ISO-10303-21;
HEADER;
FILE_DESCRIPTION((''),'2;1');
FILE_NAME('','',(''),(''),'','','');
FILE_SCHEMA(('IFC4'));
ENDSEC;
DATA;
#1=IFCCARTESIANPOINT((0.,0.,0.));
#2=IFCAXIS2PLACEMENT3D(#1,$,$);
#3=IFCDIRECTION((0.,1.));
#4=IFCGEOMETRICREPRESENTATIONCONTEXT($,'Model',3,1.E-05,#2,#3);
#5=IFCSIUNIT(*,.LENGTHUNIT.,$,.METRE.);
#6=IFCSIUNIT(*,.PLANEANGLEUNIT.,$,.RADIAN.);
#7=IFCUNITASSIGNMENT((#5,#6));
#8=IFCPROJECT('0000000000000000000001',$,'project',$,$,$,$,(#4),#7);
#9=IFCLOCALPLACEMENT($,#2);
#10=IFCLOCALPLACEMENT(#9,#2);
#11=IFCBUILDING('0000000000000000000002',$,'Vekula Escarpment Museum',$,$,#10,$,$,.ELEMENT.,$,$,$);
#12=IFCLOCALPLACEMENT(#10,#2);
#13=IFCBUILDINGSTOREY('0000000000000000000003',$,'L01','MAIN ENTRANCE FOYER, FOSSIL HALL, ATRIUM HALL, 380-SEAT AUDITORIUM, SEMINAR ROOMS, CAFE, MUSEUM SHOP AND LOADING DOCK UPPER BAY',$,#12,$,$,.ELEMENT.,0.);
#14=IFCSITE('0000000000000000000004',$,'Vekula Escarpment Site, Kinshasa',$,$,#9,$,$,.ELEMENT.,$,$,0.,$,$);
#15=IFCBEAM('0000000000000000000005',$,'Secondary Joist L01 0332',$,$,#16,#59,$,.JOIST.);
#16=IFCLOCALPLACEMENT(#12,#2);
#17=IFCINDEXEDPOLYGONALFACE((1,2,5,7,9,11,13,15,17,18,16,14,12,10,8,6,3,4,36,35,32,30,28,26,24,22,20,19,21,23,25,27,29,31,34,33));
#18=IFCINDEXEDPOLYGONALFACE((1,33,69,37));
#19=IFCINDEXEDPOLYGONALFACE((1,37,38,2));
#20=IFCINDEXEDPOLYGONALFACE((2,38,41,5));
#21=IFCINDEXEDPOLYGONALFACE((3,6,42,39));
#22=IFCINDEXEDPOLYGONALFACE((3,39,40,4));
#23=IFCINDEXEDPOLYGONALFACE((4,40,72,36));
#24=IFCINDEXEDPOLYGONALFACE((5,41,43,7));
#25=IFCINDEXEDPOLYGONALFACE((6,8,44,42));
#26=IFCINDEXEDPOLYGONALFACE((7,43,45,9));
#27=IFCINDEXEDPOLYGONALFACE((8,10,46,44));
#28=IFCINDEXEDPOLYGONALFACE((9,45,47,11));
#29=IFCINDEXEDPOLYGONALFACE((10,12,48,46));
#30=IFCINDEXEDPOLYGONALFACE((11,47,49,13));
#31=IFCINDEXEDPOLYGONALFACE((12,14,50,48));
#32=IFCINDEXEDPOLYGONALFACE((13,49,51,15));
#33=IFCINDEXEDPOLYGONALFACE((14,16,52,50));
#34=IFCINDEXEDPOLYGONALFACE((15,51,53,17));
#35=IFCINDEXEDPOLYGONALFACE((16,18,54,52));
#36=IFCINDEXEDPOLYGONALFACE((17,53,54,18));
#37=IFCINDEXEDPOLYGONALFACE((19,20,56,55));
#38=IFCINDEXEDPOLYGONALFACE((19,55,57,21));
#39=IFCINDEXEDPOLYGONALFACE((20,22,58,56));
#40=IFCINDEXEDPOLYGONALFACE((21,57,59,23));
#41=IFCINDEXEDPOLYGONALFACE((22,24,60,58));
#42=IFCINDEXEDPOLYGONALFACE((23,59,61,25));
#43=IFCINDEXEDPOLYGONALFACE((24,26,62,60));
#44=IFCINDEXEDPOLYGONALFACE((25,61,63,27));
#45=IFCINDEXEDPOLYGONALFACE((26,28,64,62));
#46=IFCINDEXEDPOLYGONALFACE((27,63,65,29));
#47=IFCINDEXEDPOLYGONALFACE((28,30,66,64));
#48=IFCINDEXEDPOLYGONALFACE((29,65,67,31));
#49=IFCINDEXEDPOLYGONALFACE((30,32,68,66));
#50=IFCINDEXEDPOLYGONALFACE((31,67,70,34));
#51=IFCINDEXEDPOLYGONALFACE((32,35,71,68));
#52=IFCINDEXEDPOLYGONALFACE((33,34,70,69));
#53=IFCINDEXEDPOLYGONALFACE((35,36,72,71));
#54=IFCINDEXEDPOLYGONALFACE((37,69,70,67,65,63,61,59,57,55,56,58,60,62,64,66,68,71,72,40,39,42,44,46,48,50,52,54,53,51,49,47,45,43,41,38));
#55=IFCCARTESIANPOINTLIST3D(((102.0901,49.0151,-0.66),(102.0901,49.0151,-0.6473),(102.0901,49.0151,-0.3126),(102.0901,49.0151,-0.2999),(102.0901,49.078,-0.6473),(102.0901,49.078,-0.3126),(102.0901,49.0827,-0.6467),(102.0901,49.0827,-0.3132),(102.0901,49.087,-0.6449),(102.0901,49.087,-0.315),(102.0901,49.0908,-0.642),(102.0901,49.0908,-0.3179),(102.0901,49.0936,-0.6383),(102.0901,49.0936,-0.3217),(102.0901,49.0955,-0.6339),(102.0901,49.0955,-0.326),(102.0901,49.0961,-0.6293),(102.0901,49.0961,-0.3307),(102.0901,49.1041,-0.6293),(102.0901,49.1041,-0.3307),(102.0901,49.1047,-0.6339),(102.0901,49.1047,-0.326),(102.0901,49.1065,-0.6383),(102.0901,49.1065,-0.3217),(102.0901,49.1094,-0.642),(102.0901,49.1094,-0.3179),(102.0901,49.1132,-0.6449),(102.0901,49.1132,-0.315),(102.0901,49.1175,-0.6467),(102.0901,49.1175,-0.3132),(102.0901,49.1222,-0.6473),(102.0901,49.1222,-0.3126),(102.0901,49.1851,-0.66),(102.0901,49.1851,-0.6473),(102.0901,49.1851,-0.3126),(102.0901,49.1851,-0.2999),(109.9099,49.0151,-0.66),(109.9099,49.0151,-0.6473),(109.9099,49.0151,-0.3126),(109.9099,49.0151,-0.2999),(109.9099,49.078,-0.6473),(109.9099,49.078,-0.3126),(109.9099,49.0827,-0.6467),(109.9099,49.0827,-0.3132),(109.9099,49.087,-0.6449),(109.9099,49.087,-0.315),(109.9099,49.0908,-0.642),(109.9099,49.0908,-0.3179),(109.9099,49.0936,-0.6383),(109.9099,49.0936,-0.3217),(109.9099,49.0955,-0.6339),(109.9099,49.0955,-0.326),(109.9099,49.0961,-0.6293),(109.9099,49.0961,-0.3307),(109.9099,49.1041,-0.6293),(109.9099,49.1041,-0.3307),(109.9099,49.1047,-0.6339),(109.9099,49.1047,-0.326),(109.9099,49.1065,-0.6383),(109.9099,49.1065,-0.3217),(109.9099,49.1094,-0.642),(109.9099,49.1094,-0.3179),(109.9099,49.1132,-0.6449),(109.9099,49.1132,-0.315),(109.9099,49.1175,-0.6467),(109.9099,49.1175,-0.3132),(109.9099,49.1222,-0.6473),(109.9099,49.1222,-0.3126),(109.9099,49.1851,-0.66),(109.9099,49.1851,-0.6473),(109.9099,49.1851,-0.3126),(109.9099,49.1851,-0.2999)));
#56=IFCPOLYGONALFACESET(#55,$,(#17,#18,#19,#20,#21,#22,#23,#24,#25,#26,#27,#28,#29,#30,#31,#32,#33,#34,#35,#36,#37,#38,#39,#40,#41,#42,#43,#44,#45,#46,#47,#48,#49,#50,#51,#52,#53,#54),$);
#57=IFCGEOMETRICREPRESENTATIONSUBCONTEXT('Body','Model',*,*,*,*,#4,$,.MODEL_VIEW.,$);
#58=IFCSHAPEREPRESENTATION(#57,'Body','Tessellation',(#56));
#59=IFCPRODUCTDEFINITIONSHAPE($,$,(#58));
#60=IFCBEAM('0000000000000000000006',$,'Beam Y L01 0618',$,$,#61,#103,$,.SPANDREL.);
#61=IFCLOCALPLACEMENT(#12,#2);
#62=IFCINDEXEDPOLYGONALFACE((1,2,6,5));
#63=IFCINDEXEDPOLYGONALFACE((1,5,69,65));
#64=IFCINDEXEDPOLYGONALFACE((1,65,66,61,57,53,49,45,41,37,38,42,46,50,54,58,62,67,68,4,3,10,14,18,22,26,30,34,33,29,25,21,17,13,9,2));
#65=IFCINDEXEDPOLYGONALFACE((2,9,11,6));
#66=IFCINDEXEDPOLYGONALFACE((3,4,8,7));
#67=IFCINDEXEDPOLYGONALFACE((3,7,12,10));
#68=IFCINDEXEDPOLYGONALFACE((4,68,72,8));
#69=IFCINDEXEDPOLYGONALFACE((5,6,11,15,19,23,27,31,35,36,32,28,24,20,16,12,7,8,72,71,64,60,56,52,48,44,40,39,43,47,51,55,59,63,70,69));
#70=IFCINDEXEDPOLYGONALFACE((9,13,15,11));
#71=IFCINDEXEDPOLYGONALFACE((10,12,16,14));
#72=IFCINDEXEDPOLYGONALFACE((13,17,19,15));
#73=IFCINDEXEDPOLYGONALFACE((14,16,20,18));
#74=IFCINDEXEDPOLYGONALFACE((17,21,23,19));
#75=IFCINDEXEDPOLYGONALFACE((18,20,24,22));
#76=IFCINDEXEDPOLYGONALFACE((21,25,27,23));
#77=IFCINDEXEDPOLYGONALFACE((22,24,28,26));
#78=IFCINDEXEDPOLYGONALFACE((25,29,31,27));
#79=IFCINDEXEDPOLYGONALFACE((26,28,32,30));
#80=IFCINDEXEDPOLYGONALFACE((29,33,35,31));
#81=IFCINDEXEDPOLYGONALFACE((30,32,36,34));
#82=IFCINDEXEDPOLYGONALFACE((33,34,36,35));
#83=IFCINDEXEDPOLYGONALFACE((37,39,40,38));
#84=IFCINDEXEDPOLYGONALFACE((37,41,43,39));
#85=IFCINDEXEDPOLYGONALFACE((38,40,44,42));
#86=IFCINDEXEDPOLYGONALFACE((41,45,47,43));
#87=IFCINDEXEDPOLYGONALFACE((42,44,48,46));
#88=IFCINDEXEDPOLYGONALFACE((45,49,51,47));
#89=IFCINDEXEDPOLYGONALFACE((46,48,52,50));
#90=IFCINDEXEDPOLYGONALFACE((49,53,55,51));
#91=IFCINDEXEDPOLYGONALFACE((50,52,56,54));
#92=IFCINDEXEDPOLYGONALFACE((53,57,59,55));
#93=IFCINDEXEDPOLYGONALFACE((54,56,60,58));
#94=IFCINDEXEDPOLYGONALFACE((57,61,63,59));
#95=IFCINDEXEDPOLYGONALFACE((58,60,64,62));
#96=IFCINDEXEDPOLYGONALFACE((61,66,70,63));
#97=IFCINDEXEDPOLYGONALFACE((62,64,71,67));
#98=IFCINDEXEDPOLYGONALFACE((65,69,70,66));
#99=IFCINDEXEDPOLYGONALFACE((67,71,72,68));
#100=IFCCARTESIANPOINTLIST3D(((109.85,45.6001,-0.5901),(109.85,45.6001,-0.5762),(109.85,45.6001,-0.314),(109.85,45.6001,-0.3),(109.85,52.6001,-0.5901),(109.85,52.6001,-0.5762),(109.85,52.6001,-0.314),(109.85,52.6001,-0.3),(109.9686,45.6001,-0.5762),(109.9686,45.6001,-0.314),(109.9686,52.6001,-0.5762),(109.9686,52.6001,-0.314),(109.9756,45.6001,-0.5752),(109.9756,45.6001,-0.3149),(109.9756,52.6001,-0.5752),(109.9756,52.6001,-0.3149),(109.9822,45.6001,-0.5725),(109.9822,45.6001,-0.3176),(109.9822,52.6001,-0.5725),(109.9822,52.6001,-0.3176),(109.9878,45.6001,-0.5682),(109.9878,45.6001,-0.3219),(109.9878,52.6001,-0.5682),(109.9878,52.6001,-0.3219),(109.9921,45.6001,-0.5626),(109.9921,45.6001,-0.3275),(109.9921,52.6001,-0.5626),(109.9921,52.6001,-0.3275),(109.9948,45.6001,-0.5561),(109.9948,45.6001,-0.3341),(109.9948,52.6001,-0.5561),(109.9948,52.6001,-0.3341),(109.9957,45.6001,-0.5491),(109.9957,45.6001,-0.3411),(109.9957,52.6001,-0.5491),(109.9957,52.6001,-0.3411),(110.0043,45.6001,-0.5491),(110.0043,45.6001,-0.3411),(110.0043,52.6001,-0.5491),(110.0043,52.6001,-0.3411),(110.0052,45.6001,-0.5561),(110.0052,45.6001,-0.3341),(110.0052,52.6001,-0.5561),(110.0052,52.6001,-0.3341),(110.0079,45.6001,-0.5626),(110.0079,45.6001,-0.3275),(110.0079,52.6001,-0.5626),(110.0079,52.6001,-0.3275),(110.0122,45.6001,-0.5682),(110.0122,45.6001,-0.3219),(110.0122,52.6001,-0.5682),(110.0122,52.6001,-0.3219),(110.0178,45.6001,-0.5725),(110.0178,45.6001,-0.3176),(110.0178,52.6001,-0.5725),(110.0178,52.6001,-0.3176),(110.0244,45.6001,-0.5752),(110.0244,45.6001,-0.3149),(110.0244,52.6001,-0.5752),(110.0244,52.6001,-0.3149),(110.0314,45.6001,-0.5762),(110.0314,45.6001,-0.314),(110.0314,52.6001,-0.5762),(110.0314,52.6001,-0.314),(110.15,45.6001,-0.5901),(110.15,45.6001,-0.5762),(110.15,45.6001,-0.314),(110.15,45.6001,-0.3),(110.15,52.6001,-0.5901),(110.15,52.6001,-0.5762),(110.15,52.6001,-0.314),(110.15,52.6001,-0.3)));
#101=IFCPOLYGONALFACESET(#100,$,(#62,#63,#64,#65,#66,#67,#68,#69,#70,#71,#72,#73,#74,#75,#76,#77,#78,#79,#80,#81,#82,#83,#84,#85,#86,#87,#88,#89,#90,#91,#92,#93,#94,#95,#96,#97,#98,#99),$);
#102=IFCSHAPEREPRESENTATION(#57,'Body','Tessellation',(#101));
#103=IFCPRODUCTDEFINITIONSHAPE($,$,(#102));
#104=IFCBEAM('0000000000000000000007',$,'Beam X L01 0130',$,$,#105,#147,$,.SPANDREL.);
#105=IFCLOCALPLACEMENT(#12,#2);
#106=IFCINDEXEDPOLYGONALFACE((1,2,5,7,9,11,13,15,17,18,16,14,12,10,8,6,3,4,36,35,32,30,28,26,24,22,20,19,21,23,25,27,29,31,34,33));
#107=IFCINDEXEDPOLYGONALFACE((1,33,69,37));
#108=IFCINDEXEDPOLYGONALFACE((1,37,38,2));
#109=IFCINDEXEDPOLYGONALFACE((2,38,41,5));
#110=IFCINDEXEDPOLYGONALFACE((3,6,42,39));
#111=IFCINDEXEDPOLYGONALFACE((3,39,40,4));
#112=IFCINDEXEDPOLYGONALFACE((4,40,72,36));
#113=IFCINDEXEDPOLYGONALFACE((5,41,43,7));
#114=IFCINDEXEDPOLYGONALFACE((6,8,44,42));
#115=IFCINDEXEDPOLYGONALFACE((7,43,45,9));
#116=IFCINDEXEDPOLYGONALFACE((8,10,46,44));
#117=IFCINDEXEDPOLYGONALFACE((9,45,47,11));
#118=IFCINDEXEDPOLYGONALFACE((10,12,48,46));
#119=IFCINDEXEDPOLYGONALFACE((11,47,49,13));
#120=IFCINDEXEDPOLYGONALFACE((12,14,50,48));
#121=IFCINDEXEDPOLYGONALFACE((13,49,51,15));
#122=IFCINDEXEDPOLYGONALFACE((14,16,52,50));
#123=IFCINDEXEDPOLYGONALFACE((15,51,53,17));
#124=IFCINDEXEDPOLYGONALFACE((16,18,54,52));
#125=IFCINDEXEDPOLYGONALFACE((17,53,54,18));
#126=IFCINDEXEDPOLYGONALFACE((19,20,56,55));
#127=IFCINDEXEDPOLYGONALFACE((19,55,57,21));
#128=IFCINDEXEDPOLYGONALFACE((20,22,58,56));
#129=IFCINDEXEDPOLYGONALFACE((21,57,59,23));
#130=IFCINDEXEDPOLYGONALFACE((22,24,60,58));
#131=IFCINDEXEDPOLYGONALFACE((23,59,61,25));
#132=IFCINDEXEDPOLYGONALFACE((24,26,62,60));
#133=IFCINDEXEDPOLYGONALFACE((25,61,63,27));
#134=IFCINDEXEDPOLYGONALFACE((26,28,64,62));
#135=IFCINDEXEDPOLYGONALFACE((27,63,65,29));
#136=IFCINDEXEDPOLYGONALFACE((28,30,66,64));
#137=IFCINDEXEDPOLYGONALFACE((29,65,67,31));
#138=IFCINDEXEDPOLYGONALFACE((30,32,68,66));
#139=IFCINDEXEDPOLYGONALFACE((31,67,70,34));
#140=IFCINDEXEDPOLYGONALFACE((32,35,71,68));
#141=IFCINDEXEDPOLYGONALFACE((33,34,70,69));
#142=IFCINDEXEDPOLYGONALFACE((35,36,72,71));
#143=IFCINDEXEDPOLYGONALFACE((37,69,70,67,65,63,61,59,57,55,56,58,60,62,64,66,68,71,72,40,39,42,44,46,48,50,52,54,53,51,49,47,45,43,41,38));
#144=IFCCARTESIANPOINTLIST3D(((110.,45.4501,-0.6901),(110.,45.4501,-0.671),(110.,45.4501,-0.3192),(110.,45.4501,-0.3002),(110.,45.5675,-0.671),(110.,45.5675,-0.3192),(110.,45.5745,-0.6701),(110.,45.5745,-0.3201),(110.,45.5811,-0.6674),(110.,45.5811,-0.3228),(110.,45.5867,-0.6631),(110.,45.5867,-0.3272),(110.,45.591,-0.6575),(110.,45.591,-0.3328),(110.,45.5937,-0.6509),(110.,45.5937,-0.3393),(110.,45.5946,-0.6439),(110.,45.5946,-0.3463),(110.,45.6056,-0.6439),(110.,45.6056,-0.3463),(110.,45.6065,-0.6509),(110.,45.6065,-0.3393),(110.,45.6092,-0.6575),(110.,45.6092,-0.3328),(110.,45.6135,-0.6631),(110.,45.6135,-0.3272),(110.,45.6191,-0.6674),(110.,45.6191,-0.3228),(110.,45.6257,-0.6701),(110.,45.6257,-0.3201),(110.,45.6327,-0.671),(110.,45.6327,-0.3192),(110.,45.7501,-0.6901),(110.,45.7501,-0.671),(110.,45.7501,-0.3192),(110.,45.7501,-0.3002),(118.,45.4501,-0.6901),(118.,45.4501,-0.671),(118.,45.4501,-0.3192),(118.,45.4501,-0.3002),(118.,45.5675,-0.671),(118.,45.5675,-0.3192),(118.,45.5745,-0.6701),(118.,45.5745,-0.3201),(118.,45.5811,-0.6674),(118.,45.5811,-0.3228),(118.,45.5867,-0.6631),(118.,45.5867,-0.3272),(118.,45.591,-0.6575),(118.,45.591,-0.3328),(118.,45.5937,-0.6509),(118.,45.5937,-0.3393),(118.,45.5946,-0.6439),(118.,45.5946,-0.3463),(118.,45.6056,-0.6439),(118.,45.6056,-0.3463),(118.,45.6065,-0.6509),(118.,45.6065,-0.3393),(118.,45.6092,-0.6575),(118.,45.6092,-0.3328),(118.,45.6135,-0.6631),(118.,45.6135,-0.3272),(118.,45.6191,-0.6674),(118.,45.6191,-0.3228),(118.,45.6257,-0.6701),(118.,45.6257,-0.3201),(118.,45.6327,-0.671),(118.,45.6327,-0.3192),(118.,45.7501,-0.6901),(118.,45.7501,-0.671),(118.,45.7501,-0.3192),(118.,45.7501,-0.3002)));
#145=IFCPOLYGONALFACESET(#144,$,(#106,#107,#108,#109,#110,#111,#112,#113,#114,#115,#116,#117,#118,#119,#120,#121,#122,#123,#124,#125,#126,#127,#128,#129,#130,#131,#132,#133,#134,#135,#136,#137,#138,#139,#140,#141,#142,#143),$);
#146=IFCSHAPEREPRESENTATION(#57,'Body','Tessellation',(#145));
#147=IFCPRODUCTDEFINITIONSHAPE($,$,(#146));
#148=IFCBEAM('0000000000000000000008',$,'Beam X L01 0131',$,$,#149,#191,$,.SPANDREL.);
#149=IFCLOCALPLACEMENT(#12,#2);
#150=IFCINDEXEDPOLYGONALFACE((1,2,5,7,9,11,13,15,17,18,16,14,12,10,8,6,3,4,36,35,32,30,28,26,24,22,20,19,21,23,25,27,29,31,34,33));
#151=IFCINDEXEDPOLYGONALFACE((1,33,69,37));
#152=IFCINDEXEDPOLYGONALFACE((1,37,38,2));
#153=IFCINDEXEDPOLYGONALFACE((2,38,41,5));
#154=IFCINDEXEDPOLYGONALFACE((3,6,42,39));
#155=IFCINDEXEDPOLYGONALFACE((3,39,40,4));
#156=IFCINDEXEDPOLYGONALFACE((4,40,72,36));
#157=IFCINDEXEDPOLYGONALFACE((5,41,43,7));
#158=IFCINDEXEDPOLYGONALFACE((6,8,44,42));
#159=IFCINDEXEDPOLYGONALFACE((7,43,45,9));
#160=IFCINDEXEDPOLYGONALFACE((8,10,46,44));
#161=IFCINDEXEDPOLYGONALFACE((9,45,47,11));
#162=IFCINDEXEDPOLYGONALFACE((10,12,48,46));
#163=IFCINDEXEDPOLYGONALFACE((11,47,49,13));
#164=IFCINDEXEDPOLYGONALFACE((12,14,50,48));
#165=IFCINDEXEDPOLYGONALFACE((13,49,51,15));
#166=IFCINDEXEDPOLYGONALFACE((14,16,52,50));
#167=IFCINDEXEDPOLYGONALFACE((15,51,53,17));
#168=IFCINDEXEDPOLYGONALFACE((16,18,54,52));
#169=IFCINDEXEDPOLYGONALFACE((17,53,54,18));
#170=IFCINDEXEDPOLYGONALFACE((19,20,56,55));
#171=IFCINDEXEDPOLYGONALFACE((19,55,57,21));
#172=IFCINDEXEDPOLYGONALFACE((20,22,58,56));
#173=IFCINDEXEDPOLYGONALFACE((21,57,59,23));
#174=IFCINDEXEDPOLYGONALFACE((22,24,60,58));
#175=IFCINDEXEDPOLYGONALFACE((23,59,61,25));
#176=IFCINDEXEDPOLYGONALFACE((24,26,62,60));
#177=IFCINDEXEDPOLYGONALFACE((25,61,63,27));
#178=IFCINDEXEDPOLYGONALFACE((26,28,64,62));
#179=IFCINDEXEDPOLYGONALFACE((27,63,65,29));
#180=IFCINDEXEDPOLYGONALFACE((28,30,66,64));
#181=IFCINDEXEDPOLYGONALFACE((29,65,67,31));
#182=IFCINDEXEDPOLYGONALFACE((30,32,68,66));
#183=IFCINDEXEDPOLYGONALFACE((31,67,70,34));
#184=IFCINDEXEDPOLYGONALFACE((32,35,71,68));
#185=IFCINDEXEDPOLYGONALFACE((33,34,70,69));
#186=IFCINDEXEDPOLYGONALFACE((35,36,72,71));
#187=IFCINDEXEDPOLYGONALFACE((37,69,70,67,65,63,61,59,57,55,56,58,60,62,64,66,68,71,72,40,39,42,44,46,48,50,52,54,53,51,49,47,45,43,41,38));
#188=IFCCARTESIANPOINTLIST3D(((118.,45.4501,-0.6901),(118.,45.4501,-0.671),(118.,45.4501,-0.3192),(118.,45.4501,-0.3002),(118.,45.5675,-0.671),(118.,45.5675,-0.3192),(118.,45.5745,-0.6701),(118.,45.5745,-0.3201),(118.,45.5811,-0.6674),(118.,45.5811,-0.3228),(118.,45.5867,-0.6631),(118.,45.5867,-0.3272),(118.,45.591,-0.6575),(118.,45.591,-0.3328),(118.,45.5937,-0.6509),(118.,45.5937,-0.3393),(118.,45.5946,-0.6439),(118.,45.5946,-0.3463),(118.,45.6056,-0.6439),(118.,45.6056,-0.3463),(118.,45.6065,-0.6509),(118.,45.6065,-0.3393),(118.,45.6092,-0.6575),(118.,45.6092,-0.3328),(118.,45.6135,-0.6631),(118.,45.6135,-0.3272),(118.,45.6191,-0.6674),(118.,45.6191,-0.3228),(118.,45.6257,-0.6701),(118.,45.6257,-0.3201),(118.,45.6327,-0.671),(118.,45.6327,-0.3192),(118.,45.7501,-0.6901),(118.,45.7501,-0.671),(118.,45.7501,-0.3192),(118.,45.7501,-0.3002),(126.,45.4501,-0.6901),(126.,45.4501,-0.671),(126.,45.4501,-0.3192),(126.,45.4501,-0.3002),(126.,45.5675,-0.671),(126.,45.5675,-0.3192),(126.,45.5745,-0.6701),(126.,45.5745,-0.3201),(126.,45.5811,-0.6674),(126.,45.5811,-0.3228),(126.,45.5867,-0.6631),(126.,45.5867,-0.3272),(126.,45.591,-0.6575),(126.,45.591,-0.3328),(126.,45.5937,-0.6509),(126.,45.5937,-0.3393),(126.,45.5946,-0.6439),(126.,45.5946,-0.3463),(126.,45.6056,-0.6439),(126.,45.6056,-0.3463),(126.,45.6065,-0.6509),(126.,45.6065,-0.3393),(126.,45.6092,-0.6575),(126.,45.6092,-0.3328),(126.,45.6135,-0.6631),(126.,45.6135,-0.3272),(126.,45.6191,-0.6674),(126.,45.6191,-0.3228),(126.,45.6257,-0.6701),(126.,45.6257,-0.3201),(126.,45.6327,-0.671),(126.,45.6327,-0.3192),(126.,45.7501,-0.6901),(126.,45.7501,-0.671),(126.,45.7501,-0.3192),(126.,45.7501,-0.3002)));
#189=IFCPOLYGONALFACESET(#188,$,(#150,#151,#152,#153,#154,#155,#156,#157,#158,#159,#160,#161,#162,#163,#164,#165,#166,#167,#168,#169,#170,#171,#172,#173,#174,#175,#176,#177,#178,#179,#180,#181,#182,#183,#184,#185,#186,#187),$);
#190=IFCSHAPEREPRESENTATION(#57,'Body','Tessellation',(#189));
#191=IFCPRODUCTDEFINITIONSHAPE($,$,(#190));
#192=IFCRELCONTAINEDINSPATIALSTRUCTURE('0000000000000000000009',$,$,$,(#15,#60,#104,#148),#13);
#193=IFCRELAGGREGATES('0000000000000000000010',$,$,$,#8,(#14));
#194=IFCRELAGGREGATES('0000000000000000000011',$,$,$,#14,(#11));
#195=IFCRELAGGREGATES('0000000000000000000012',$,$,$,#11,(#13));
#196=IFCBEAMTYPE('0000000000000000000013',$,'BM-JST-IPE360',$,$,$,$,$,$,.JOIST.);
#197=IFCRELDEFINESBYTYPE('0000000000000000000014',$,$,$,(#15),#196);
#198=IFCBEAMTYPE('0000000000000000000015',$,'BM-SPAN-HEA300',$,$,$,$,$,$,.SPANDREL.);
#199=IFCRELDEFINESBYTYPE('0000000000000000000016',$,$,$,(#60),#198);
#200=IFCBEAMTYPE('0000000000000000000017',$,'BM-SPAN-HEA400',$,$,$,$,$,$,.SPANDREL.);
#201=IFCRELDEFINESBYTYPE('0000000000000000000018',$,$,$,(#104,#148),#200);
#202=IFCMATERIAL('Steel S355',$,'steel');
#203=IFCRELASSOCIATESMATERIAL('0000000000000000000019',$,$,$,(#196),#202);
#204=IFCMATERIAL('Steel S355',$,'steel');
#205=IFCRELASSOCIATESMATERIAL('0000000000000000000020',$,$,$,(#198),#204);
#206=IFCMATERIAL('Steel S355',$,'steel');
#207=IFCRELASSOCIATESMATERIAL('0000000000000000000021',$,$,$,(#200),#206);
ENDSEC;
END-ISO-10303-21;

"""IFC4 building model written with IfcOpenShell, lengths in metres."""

from ifc_helpers import new_model, si_unit, direction, frame, origin, origin_2d, place, context, subcontext, project, spatial, i_section, extrude, material, material_profile, profile_set, type_object, element, save


model = new_model("IFC4")

# Units and contexts
model_context = context("Model", 3, precision=1e-05, world=origin(), true_north=direction((0.0, 1.0)))
body_context = subcontext(model_context, "Body", "Model", "MODEL_VIEW")
ifc_project = project(units=[si_unit("LENGTHUNIT", "METRE"), si_unit("PLANEANGLEUNIT", "RADIAN")], contexts=[model_context])

# Site, building, storey
site_placement = place(None, origin())
site = spatial("IfcSite", under=ifc_project, at=site_placement, Name="Vekula Escarpment Site, Kinshasa", CompositionType="ELEMENT", RefElevation=0.0)
building_placement = place(site_placement, origin())
building = spatial("IfcBuilding", under=site, at=building_placement, Name="Vekula Escarpment Museum", CompositionType="ELEMENT")
storey_placement = place(building_placement, origin())
storey = spatial("IfcBuildingStorey", under=building, at=storey_placement, Name="L01", Description="MAIN ENTRANCE FOYER, FOSSIL HALL, ATRIUM HALL, 380-SEAT AUDITORIUM, SEMINAR ROOMS, CAFE, MUSEUM SHOP AND LOADING DOCK UPPER BAY", CompositionType="ELEMENT", Elevation=0.0)

# Beams
ifc_material_1 = material(Name="Steel S355", Category="steel")
ifc_material_profile_1 = material_profile(ifc_material_1, i_section(OverallWidth=0.1699, OverallDepth=0.3601, WebThickness=0.0081, FlangeThickness=0.0127, FilletRadius=0.0181, at=origin_2d()), Name="IPE 360")
ifc_profile_set_1 = profile_set([ifc_material_profile_1], Name="Steel S355")
beam_type_1 = type_object("IfcBeamType", Name="BM-JST-IPE360", PredefinedType="JOIST", material=ifc_profile_set_1)
beam_1_placement = place(storey_placement, frame((102.0901, 49.1001, -0.48), z_axis=(1.0, 0.0, 0.0), x_axis=(0.0, 1.0, 0.0)))
element("IfcBeam", 1, at=beam_1_placement, inside=storey, type_object=beam_type_1, Name="Secondary Joist L01 0332", PredefinedType="JOIST", context=body_context, shape_type="SweptSolid", body=[
    extrude(i_section(OverallWidth=0.1699, OverallDepth=0.3601, WebThickness=0.0081, FlangeThickness=0.0127, FilletRadius=0.0181, at=origin_2d()), origin(), (0.0, 0.0, 1.0), 7.8198),
])
ifc_material_2 = material(Name="Steel S355", Category="steel")
ifc_material_profile_2 = material_profile(ifc_material_2, i_section(OverallWidth=0.3, OverallDepth=0.29, WebThickness=0.0085, FlangeThickness=0.0139, FilletRadius=0.0271, at=origin_2d()), Name="HEA 300")
ifc_profile_set_2 = profile_set([ifc_material_profile_2], Name="Steel S355")
beam_type_2 = type_object("IfcBeamType", Name="BM-SPAN-HEA300", PredefinedType="SPANDREL", material=ifc_profile_set_2)
beam_2_placement = place(storey_placement, frame((110.0, 45.6001, -0.4451), z_axis=(0.0, 1.0, 0.0), x_axis=(-1.0, 0.0, 0.0)))
element("IfcBeam", 2, at=beam_2_placement, inside=storey, type_object=beam_type_2, Name="Beam Y L01 0618", PredefinedType="SPANDREL", context=body_context, shape_type="SweptSolid", body=[
    extrude(i_section(OverallWidth=0.3, OverallDepth=0.29, WebThickness=0.0085, FlangeThickness=0.0139, FilletRadius=0.0271, at=origin_2d()), origin(), (0.0, 0.0, 1.0), 7.0),
])
ifc_material_3 = material(Name="Steel S355", Category="steel")
ifc_material_profile_3 = material_profile(ifc_material_3, i_section(OverallWidth=0.3, OverallDepth=0.3899, WebThickness=0.011, FlangeThickness=0.019, FilletRadius=0.0271, at=origin_2d()), Name="HEA 400")
ifc_profile_set_3 = profile_set([ifc_material_profile_3], Name="Steel S355")
beam_type_3 = type_object("IfcBeamType", Name="BM-SPAN-HEA400", PredefinedType="SPANDREL", material=ifc_profile_set_3)
for number, where, z_axis, x_axis, name in (
    (3, (110.0, 45.6001, -0.4951), (1.0, 0.0, 0.0), (0.0, 1.0, 0.0), "Beam X L01 0130"),
    (4, (118.0, 45.6001, -0.4951), (1.0, 0.0, 0.0), (0.0, 1.0, 0.0), "Beam X L01 0131"),
):
    element("IfcBeam", number, at=place(storey_placement, frame(where, z_axis=z_axis, x_axis=x_axis)), inside=storey, type_object=beam_type_3, Name=name, PredefinedType="SPANDREL", context=body_context, shape_type="SweptSolid", body=[
        extrude(i_section(OverallWidth=0.3, OverallDepth=0.3899, WebThickness=0.011, FlangeThickness=0.019, FilletRadius=0.0271, at=origin_2d()), origin(), (0.0, 0.0, 1.0), 8.0),
    ])

save(model, "model.ifc")
